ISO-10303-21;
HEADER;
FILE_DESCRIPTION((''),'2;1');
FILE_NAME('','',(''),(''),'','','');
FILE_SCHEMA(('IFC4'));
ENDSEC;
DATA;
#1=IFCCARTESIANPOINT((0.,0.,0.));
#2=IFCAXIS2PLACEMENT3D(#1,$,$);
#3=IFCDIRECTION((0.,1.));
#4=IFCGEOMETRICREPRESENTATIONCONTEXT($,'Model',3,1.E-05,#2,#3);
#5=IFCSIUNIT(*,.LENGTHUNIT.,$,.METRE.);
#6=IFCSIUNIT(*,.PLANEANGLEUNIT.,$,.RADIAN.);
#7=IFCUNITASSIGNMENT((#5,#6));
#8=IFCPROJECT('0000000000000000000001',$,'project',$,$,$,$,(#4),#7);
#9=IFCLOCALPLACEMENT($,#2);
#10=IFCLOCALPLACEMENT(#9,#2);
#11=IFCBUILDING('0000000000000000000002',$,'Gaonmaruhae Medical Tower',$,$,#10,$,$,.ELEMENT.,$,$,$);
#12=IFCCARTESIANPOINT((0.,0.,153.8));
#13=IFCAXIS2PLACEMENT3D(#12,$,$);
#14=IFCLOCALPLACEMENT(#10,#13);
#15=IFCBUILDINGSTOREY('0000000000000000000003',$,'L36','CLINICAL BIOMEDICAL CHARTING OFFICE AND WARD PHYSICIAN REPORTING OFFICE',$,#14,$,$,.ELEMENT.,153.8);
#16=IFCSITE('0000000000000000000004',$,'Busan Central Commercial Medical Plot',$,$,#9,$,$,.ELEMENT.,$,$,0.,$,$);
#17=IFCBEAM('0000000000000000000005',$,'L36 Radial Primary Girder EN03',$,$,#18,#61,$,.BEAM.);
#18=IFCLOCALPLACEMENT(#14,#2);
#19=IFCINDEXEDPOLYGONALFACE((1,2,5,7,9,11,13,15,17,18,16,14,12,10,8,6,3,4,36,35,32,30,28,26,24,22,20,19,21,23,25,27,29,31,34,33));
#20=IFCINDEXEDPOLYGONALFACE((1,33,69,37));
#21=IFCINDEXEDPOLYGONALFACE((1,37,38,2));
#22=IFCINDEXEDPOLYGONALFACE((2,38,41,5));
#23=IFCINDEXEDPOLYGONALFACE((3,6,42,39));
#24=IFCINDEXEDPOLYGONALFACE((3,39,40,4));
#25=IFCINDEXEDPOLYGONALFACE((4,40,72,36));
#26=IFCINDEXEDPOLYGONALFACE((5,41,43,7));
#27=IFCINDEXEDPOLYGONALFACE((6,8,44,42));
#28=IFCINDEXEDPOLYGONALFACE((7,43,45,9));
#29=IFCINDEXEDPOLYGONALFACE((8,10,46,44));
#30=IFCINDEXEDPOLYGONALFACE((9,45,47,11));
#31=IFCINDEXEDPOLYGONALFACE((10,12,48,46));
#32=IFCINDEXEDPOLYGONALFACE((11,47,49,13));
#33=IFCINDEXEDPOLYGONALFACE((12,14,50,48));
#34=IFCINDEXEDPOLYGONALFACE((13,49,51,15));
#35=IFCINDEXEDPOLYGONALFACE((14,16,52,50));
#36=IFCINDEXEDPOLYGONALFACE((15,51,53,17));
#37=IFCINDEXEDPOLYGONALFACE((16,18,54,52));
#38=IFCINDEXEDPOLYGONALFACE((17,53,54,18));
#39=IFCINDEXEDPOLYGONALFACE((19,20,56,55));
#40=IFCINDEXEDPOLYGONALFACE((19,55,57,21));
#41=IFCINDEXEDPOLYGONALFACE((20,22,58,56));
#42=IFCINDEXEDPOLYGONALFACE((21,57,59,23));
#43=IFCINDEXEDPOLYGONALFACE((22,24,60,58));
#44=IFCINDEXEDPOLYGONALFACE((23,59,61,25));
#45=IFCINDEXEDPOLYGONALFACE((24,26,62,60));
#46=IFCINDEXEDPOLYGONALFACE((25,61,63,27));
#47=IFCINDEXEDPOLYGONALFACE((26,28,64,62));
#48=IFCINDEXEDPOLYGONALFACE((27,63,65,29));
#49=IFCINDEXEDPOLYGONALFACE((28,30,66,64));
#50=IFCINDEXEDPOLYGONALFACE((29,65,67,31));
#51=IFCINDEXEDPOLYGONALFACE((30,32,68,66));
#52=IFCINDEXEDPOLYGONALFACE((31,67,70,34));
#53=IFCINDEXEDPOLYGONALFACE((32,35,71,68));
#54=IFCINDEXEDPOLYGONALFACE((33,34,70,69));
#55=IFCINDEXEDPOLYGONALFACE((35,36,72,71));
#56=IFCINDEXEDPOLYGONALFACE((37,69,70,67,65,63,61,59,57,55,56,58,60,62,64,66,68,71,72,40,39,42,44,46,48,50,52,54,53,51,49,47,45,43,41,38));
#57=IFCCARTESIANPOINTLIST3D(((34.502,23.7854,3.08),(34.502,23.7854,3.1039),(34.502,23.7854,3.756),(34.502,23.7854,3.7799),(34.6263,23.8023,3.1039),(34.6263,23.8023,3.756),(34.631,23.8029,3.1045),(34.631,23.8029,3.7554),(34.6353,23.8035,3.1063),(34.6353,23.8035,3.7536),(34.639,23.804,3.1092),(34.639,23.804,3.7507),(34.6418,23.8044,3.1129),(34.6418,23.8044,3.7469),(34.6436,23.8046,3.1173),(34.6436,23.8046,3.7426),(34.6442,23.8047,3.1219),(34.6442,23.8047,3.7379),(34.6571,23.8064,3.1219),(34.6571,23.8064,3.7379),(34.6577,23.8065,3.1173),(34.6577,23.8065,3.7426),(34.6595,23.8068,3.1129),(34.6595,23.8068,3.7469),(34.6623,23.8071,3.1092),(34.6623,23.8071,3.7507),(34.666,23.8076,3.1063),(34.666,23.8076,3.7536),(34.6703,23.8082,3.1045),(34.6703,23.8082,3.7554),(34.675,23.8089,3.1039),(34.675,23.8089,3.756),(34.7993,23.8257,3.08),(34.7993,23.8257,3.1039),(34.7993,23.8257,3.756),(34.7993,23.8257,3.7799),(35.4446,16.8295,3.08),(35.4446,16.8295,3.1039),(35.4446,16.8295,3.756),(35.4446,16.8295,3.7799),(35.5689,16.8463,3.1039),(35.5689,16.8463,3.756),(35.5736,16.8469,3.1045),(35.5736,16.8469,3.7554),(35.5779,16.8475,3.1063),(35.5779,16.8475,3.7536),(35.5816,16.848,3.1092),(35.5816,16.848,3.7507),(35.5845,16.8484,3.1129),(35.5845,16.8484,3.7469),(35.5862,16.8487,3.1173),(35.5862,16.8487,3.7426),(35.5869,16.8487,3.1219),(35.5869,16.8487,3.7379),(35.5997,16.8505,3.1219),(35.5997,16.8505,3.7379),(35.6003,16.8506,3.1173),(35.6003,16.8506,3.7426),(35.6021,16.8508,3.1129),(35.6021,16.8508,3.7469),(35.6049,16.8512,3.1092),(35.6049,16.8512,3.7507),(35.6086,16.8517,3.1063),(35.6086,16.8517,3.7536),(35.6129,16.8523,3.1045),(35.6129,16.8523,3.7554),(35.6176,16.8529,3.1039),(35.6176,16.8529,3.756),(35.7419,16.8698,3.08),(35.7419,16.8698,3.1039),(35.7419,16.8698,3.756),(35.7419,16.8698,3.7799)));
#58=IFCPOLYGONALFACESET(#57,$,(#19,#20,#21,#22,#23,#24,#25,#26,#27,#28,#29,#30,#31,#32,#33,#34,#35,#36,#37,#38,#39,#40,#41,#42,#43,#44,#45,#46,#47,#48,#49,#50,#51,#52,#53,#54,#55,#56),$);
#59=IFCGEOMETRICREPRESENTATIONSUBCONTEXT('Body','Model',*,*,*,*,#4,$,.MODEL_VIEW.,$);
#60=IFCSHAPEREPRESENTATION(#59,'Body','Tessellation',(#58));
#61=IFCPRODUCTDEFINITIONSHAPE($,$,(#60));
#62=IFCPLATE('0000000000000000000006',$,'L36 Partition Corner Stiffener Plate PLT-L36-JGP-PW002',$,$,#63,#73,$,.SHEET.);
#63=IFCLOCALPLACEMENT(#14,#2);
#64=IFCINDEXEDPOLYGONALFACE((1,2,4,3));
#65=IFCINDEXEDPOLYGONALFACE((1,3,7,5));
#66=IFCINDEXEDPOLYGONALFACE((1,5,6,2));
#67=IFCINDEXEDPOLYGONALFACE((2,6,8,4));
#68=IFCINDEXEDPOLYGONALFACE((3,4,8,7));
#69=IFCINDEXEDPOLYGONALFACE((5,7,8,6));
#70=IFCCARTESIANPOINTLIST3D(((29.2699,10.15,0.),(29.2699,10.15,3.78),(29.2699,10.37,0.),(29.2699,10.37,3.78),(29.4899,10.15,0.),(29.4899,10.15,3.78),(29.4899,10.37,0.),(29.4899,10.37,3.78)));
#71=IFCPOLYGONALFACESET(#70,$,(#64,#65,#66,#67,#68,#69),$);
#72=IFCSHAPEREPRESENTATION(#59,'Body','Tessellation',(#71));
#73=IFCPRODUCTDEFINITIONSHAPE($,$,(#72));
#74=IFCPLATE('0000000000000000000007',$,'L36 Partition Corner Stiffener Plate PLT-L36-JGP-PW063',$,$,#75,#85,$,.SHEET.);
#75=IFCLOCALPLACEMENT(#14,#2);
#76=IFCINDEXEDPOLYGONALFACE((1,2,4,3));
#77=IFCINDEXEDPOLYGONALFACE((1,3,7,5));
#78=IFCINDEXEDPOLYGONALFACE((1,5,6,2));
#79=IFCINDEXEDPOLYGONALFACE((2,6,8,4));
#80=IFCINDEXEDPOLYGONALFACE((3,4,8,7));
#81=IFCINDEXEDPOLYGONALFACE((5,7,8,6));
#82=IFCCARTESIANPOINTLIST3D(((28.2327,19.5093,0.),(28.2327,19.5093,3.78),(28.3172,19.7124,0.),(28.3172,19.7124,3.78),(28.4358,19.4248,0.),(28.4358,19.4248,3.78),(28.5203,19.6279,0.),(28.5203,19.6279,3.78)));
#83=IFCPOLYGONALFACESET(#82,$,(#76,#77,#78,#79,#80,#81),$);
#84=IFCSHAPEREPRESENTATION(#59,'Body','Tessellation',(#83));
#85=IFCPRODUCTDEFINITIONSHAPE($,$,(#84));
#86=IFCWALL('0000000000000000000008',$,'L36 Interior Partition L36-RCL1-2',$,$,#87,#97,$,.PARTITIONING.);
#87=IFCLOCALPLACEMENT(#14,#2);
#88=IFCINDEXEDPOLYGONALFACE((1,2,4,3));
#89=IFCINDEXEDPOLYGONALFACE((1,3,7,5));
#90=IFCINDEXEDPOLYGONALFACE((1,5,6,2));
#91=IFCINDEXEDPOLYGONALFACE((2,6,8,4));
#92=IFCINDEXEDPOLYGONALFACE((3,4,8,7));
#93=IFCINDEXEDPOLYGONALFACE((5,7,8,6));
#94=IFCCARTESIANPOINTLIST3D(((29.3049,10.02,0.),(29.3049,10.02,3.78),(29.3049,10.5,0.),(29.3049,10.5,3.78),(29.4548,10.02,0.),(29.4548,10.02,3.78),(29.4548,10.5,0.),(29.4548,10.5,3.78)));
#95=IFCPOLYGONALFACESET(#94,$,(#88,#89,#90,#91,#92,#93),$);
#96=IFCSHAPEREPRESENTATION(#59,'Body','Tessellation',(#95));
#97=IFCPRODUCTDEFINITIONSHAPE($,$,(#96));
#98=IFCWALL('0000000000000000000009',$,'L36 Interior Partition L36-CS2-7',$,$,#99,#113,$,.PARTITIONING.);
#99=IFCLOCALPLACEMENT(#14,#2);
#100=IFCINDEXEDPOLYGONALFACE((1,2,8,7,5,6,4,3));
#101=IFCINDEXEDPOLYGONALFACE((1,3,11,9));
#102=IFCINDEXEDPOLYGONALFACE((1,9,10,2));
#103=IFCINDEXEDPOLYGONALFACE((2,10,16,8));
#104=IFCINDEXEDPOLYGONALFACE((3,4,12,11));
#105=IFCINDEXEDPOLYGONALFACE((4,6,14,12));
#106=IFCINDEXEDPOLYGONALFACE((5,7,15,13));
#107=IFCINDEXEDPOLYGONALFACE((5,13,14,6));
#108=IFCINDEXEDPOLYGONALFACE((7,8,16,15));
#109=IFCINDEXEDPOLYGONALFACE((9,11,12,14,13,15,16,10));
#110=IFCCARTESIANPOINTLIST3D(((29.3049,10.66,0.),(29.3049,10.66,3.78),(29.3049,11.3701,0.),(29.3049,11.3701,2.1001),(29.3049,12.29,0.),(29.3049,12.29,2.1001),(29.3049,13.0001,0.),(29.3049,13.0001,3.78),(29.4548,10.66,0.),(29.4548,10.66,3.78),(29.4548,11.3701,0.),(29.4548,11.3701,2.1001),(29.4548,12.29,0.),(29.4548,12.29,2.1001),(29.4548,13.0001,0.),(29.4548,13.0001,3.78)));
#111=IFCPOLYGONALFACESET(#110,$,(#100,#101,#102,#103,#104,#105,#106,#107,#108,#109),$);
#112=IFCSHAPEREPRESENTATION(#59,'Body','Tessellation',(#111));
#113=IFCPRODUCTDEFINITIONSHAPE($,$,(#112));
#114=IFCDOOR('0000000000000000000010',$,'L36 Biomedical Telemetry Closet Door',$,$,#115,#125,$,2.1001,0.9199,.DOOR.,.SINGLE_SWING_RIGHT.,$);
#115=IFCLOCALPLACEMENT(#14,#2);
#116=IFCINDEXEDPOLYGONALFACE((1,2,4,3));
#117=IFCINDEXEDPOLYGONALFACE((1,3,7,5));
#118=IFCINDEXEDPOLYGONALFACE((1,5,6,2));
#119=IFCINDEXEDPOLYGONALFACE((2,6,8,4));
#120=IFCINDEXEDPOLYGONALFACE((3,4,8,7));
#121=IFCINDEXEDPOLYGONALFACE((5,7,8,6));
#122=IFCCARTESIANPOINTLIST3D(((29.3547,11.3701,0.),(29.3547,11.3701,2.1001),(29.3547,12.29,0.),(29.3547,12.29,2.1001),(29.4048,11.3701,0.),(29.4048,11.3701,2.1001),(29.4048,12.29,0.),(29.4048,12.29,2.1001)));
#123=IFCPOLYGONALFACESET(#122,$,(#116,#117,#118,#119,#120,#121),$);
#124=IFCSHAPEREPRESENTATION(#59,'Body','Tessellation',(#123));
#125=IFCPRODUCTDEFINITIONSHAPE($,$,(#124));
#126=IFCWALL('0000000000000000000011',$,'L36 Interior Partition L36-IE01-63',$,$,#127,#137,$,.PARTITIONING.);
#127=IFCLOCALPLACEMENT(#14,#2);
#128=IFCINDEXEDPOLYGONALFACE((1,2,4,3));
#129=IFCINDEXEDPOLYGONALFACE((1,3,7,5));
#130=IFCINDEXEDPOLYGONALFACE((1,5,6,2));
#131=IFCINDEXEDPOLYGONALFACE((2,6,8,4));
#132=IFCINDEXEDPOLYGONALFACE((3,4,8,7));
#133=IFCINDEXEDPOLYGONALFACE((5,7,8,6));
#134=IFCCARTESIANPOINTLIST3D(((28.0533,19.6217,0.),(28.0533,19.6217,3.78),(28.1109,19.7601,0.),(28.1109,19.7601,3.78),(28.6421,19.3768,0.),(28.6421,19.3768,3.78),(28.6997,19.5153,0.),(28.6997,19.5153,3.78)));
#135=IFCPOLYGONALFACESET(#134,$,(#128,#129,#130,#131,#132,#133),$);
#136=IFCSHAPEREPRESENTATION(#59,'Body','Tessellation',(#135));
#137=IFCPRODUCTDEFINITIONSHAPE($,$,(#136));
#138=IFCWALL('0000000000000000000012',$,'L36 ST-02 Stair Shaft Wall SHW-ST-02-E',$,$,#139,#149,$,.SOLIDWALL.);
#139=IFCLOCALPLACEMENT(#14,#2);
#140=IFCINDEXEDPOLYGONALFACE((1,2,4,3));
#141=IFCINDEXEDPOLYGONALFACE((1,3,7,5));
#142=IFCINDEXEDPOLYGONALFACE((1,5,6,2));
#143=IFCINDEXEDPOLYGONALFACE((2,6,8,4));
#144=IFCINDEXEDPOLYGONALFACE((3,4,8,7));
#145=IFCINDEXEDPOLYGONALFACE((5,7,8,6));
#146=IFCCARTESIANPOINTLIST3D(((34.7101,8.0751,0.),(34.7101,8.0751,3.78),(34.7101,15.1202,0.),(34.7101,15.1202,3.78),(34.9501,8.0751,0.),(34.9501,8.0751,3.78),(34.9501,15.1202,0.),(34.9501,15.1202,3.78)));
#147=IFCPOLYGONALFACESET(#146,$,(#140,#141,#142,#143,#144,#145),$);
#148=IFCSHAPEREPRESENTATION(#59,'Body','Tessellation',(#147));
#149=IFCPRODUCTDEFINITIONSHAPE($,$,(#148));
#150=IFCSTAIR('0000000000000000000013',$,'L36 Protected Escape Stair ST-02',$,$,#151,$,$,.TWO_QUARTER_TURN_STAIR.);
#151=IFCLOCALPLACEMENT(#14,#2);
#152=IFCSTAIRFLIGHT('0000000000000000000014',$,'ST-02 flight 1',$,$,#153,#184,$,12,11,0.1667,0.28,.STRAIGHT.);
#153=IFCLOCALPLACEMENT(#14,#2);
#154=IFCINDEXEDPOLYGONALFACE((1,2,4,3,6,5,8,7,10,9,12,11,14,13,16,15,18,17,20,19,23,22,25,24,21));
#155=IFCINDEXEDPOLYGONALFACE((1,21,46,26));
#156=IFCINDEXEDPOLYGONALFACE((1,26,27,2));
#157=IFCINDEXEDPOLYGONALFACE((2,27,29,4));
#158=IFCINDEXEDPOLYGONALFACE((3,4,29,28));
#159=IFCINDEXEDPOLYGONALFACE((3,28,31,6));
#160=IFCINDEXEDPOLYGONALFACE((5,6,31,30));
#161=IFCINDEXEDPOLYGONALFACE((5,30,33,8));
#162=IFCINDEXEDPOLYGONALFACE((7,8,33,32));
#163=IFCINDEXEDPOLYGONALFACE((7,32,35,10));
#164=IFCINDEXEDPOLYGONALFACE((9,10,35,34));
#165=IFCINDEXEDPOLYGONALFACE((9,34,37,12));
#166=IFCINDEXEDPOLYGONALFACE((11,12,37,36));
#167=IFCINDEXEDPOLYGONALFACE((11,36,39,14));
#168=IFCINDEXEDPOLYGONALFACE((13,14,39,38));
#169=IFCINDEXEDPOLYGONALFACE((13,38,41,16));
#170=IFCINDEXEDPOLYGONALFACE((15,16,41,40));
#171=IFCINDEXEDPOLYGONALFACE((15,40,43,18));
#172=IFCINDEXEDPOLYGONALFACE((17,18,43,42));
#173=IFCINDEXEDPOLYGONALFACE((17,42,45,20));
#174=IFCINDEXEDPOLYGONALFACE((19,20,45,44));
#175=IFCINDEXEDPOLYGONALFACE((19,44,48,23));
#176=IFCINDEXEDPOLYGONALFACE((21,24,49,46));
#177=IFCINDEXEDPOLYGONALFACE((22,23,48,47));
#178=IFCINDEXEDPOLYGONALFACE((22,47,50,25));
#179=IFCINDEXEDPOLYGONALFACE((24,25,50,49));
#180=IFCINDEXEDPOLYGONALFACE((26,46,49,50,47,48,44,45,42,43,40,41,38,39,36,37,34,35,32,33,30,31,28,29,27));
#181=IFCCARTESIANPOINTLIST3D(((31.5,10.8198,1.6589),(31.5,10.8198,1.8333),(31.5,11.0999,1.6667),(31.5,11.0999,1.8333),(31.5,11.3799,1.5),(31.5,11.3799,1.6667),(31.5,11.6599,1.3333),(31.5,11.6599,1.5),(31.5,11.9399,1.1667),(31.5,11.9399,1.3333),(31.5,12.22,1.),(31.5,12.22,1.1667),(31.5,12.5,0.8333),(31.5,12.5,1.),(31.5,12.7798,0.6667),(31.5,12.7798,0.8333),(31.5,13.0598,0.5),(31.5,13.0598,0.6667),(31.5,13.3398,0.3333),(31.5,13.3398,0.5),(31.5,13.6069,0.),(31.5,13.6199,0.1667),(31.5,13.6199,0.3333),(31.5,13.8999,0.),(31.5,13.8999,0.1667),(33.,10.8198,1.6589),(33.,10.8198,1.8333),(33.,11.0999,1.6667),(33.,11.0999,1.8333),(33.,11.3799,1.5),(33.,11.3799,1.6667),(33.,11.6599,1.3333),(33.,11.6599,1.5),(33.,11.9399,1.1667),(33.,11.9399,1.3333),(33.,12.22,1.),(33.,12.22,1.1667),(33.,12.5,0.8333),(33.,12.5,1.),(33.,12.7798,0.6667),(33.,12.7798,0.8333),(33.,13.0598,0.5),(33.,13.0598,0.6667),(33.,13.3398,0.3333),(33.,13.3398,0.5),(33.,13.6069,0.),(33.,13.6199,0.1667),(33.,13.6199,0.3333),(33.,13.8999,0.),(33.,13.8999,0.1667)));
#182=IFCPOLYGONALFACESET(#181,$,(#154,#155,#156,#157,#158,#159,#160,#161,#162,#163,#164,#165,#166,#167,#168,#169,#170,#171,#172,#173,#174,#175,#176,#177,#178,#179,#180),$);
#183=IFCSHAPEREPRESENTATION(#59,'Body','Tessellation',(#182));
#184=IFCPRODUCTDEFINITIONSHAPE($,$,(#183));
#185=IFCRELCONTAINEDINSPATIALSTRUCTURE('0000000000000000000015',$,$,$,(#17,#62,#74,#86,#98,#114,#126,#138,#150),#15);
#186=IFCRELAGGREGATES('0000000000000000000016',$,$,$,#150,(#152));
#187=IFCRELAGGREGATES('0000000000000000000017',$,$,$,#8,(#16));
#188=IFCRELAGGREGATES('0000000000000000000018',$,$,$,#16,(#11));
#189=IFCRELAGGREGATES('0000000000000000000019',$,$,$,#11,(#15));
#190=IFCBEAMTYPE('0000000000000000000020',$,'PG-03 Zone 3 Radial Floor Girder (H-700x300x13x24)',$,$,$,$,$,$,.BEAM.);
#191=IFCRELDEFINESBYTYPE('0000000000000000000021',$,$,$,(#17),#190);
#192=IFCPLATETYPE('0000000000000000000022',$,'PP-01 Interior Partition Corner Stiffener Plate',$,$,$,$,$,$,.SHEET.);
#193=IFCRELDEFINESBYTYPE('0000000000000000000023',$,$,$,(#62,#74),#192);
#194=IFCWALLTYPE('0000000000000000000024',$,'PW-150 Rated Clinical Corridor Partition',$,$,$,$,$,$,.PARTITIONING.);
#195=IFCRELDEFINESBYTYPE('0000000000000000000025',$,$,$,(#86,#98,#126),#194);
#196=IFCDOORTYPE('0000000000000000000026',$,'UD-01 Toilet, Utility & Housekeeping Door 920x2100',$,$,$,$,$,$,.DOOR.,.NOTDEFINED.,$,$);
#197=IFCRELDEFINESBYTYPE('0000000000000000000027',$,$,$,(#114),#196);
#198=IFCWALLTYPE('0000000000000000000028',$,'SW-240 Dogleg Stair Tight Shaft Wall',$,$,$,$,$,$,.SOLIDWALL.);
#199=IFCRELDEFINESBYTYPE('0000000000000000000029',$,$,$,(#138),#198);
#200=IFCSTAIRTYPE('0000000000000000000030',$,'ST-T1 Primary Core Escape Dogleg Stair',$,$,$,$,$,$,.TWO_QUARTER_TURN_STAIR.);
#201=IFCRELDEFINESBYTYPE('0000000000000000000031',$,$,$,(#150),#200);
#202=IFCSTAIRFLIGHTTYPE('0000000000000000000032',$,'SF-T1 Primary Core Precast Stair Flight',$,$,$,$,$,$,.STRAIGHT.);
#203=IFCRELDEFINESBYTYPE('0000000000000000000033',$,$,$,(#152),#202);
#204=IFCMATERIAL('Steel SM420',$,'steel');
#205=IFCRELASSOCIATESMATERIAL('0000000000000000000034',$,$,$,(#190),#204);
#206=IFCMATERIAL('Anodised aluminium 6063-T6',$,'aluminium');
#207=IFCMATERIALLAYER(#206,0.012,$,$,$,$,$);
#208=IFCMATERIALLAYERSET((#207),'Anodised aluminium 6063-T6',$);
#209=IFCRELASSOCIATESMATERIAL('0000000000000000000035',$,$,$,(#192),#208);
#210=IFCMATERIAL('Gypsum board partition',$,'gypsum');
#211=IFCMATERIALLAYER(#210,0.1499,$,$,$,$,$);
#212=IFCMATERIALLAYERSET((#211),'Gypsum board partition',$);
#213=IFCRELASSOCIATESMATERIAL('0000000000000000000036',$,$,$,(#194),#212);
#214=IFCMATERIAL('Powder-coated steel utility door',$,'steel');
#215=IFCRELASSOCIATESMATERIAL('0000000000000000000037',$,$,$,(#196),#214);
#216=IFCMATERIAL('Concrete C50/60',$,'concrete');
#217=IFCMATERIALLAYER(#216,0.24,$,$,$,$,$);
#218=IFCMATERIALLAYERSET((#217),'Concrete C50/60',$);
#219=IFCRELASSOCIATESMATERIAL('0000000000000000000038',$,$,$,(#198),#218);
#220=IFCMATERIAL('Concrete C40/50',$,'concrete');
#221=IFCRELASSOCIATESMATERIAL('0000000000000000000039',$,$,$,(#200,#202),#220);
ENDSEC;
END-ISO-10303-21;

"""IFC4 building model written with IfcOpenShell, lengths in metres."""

from ifc_helpers import new_model, si_unit, direction, frame, frame_2d, origin, origin_2d, place, context, subcontext, project, spatial, polyline, rectangle, i_section, outline, extrude, material, layer, layer_set, material_profile, profile_set, type_object, element, fill, aggregate, save


model = new_model("IFC4")

# Units and contexts
model_context = context("Model", 3, precision=1e-05, world=origin(), true_north=direction((0.0, 1.0)))
body_context = subcontext(model_context, "Body", "Model", "MODEL_VIEW")
ifc_project = project(units=[si_unit("LENGTHUNIT", "METRE"), si_unit("PLANEANGLEUNIT", "RADIAN")], contexts=[model_context])

# Site, building, storey
site_placement = place(None, origin())
site = spatial("IfcSite", under=ifc_project, at=site_placement, Name="Busan Central Commercial Medical Plot", CompositionType="ELEMENT", RefElevation=0.0)
building_placement = place(site_placement, origin())
building = spatial("IfcBuilding", under=site, at=building_placement, Name="Gaonmaruhae Medical Tower", CompositionType="ELEMENT")
storey_placement = place(building_placement, frame((0.0, 0.0, 153.8)))
storey = spatial("IfcBuildingStorey", under=building, at=storey_placement, Name="L36", Description="CLINICAL BIOMEDICAL CHARTING OFFICE AND WARD PHYSICIAN REPORTING OFFICE", CompositionType="ELEMENT", Elevation=153.8)

# Shared definitions
ifc_material_1 = material(Name="Concrete C50/60", Category="concrete")

# Beam
ifc_material_2 = material(Name="Steel SM420", Category="steel")
ifc_material_profile_1 = material_profile(ifc_material_2, i_section(OverallWidth=0.3, OverallDepth=0.7, WebThickness=0.0129, FlangeThickness=0.0239, FilletRadius=0.0181, at=origin_2d()), Name="H-700x300x13x24")
ifc_profile_set_1 = profile_set([ifc_material_profile_1], Name="Steel SM420")
beam_type = type_object("IfcBeamType", Name="PG-03 Zone 3 Radial Floor Girder (H-700x300x13x24)", PredefinedType="BEAM", material=ifc_profile_set_1)
beam_1_placement = place(storey_placement, frame((35.5933, 16.8496, 3.4299), z_axis=(-0.134284, 0.990943, 0.0), x_axis=(-0.990943, -0.134284, 0.0)))
element("IfcBeam", 1, at=beam_1_placement, inside=storey, type_object=beam_type, Name="L36 Radial Primary Girder EN03", PredefinedType="BEAM", context=body_context, shape_type="SweptSolid", body=[
    extrude(i_section(OverallWidth=0.3, OverallDepth=0.7, WebThickness=0.0129, FlangeThickness=0.0239, FilletRadius=0.0181, at=origin_2d()), origin(), (0.0, 0.0, 1.0), 7.0195),
])

# Plates
ifc_material_3 = material(Name="Anodised aluminium 6063-T6", Category="aluminium")
ifc_layer_1 = layer(ifc_material_3, 0.012)
ifc_layer_set_1 = layer_set([ifc_layer_1], Name="Anodised aluminium 6063-T6")
plate_type = type_object("IfcPlateType", Name="PP-01 Interior Partition Corner Stiffener Plate", PredefinedType="SHEET", material=ifc_layer_set_1)
for number, where, z_axis, x_axis, name in (
    (2, (29.3799, 10.26, 0.0), (0.0, 0.0, 1.0), (0.0, -1.0, 0.0), "L36 Partition Corner Stiffener Plate PLT-L36-JGP-PW002"),
    (3, (28.3765, 19.5686, 0.0), (0.0, 0.0, 1.0), (-0.923311, 0.384054, 0.0), "L36 Partition Corner Stiffener Plate PLT-L36-JGP-PW063"),
):
    element("IfcPlate", number, at=place(storey_placement, frame(where, z_axis=z_axis, x_axis=x_axis)), inside=storey, type_object=plate_type, Name=name, PredefinedType="SHEET", context=body_context, shape_type="SweptSolid", body=[
        extrude(rectangle(XDim=0.22, YDim=0.22, at=origin_2d()), origin(), (0.0, 0.0, 1.0), 3.78),
    ])

# Wall
ifc_material_4 = material(Name="Gypsum board partition", Category="gypsum")
ifc_layer_2 = layer(ifc_material_4, 0.1499)
ifc_layer_set_2 = layer_set([ifc_layer_2], Name="Gypsum board partition")
wall_type_1 = type_object("IfcWallType", Name="PW-150 Rated Clinical Corridor Partition", PredefinedType="PARTITIONING", material=ifc_layer_set_2)
wall_1_placement = place(storey_placement, frame((29.3799, 10.5, 0.0), z_axis=(0.0, 0.0, 1.0), x_axis=(0.0, -1.0, 0.0)))
element("IfcWall", 4, at=wall_1_placement, inside=storey, type_object=wall_type_1, Name="L36 Interior Partition L36-RCL1-2", PredefinedType="PARTITIONING", context=body_context, shape_type="SweptSolid", body=[
    extrude(rectangle(XDim=0.48, YDim=0.1499, at=frame_2d((0.24, 0.0))), origin(), (0.0, 0.0, 1.0), 3.78),
])

# Wall, opening, door
wall_2_placement = place(storey_placement, frame((29.3799, 13.0, 0.0), z_axis=(0.0, 0.0, 1.0), x_axis=(0.0, -1.0, 0.0)))
wall_2 = element("IfcWall", 5, at=wall_2_placement, inside=storey, type_object=wall_type_1, Name="L36 Interior Partition L36-CS2-7", PredefinedType="PARTITIONING", context=body_context, shape_type="SweptSolid", body=[
    extrude(rectangle(XDim=2.3401, YDim=0.1499, at=frame_2d((1.1699, 0.0))), origin(), (0.0, 0.0, 1.0), 3.78),
])
opening_1_placement = place(wall_2_placement, frame((0.71, 0.0, 0.0)))
opening_1 = element("IfcOpeningElement", 6, at=opening_1_placement, cuts=wall_2, PredefinedType="OPENING", context=body_context, shape_type="SweptSolid", body=[
    extrude(rectangle(XDim=0.9199, YDim=2.1001, at=frame_2d((0.46, 1.05))), frame((0.0, 0.085, 0.0), z_axis=(0.0, -1.0, 0.0), x_axis=(1.0, 0.0, 0.0)), (0.0, 0.0, 1.0), 0.1699),
])
ifc_material_5 = material(Name="Powder-coated steel utility door", Category="steel")
door_type_1 = type_object("IfcDoorType", Name="UD-01 Toilet, Utility & Housekeeping Door 920x2100", OperationType="NOTDEFINED", PredefinedType="DOOR", material=ifc_material_5)
door_1_placement = place(opening_1_placement, origin())
door_1 = element("IfcDoor", 7, at=door_1_placement, inside=storey, type_object=door_type_1, Name="L36 Biomedical Telemetry Closet Door", OperationType="SINGLE_SWING_RIGHT", OverallHeight=2.1001, OverallWidth=0.9199, PredefinedType="DOOR", context=body_context, shape_type="SweptSolid", body=[
    extrude(rectangle(XDim=0.9199, YDim=2.1001, at=frame_2d((0.46, 1.05))), frame((0.0, 0.0249, 0.0), z_axis=(0.0, -1.0, 0.0), x_axis=(1.0, 0.0, 0.0)), (0.0, 0.0, 1.0), 0.05),
])
fill(opening_1, door_1)

# Wall
wall_3_placement = place(storey_placement, frame((28.6709, 19.446, 0.0), z_axis=(0.0, 0.0, 1.0), x_axis=(-0.923349, 0.383963, 0.0)))
element("IfcWall", 8, at=wall_3_placement, inside=storey, type_object=wall_type_1, Name="L36 Interior Partition L36-IE01-63", PredefinedType="PARTITIONING", context=body_context, shape_type="SweptSolid", body=[
    extrude(rectangle(XDim=0.6377, YDim=0.1499, at=frame_2d((0.3188, 0.0))), origin(), (0.0, 0.0, 1.0), 3.78),
])

# Shared definitions
ifc_layer_3 = layer(ifc_material_1, 0.24)
ifc_layer_set_3 = layer_set([ifc_layer_3], Name="Concrete C50/60")
wall_type_2 = type_object("IfcWallType", Name="SW-240 Dogleg Stair Tight Shaft Wall", PredefinedType="SOLIDWALL", material=ifc_layer_set_3)

# Wall
wall_4_placement = place(storey_placement, frame((34.8301, 15.1201, 0.0), z_axis=(0.0, 0.0, 1.0), x_axis=(0.0, -1.0, 0.0)))
element("IfcWall", 9, at=wall_4_placement, inside=storey, type_object=wall_type_2, Name="L36 ST-02 Stair Shaft Wall SHW-ST-02-E", PredefinedType="SOLIDWALL", context=body_context, shape_type="SweptSolid", body=[
    extrude(rectangle(XDim=7.0452, YDim=0.24, at=frame_2d((3.5225, 0.0))), origin(), (0.0, 0.0, 1.0), 3.78),
])

# Stair, stair flight
ifc_material_6 = material(Name="Concrete C40/50", Category="concrete")
stair_type = type_object("IfcStairType", Name="ST-T1 Primary Core Escape Dogleg Stair", PredefinedType="TWO_QUARTER_TURN_STAIR", material=ifc_material_6)
stair_placement = place(storey_placement, origin())
stair = element("IfcStair", 10, at=stair_placement, inside=storey, type_object=stair_type, Name="L36 Protected Escape Stair ST-02", PredefinedType="TWO_QUARTER_TURN_STAIR")
stair_flight_type = type_object("IfcStairFlightType", Name="SF-T1 Primary Core Precast Stair Flight", PredefinedType="STRAIGHT", material=ifc_material_6)
stair_flight_1_placement = place(storey_placement, frame((32.25, 13.8999, 0.0), z_axis=(0.0, 0.0, 1.0), x_axis=(0.0, -1.0, 0.0)))
stair_flight_1 = element("IfcStairFlight", 11, at=stair_flight_1_placement, type_object=stair_flight_type, Name="ST-02 flight 1", NumberOfRisers=12, NumberOfTreads=11, PredefinedType="STRAIGHT", RiserHeight=0.1667, TreadLength=0.28, context=body_context, shape_type="SweptSolid", body=[
    extrude(outline(polyline([(0.0, 0.0), (0.0, 0.1667), (0.28, 0.1667), (0.28, 0.3333), (0.5601, 0.3333), (0.5601, 0.5), (0.8401, 0.5), (0.8401, 0.6667), (1.1201, 0.6667), (1.1201, 0.8333), (1.3999, 0.8333), (1.3999, 1.0), (1.6799, 1.0), (1.6799, 1.1667), (1.96, 1.1667), (1.96, 1.3333), (2.24, 1.3333), (2.24, 1.5), (2.52, 1.5), (2.52, 1.6667), (2.8, 1.6667), (2.8, 1.8333), (3.0801, 1.8333), (3.0801, 2.0), (3.0801, 1.6589), (0.293, 0.0), (0.0, 0.0)])), frame((0.0, 0.75, 0.0), z_axis=(0.0, -1.0, 0.0), x_axis=(1.0, 0.0, 0.0)), (0.0, 0.0, 1.0), 1.5),
])
aggregate(stair, [stair_flight_1])

save(model, "model.ifc")
